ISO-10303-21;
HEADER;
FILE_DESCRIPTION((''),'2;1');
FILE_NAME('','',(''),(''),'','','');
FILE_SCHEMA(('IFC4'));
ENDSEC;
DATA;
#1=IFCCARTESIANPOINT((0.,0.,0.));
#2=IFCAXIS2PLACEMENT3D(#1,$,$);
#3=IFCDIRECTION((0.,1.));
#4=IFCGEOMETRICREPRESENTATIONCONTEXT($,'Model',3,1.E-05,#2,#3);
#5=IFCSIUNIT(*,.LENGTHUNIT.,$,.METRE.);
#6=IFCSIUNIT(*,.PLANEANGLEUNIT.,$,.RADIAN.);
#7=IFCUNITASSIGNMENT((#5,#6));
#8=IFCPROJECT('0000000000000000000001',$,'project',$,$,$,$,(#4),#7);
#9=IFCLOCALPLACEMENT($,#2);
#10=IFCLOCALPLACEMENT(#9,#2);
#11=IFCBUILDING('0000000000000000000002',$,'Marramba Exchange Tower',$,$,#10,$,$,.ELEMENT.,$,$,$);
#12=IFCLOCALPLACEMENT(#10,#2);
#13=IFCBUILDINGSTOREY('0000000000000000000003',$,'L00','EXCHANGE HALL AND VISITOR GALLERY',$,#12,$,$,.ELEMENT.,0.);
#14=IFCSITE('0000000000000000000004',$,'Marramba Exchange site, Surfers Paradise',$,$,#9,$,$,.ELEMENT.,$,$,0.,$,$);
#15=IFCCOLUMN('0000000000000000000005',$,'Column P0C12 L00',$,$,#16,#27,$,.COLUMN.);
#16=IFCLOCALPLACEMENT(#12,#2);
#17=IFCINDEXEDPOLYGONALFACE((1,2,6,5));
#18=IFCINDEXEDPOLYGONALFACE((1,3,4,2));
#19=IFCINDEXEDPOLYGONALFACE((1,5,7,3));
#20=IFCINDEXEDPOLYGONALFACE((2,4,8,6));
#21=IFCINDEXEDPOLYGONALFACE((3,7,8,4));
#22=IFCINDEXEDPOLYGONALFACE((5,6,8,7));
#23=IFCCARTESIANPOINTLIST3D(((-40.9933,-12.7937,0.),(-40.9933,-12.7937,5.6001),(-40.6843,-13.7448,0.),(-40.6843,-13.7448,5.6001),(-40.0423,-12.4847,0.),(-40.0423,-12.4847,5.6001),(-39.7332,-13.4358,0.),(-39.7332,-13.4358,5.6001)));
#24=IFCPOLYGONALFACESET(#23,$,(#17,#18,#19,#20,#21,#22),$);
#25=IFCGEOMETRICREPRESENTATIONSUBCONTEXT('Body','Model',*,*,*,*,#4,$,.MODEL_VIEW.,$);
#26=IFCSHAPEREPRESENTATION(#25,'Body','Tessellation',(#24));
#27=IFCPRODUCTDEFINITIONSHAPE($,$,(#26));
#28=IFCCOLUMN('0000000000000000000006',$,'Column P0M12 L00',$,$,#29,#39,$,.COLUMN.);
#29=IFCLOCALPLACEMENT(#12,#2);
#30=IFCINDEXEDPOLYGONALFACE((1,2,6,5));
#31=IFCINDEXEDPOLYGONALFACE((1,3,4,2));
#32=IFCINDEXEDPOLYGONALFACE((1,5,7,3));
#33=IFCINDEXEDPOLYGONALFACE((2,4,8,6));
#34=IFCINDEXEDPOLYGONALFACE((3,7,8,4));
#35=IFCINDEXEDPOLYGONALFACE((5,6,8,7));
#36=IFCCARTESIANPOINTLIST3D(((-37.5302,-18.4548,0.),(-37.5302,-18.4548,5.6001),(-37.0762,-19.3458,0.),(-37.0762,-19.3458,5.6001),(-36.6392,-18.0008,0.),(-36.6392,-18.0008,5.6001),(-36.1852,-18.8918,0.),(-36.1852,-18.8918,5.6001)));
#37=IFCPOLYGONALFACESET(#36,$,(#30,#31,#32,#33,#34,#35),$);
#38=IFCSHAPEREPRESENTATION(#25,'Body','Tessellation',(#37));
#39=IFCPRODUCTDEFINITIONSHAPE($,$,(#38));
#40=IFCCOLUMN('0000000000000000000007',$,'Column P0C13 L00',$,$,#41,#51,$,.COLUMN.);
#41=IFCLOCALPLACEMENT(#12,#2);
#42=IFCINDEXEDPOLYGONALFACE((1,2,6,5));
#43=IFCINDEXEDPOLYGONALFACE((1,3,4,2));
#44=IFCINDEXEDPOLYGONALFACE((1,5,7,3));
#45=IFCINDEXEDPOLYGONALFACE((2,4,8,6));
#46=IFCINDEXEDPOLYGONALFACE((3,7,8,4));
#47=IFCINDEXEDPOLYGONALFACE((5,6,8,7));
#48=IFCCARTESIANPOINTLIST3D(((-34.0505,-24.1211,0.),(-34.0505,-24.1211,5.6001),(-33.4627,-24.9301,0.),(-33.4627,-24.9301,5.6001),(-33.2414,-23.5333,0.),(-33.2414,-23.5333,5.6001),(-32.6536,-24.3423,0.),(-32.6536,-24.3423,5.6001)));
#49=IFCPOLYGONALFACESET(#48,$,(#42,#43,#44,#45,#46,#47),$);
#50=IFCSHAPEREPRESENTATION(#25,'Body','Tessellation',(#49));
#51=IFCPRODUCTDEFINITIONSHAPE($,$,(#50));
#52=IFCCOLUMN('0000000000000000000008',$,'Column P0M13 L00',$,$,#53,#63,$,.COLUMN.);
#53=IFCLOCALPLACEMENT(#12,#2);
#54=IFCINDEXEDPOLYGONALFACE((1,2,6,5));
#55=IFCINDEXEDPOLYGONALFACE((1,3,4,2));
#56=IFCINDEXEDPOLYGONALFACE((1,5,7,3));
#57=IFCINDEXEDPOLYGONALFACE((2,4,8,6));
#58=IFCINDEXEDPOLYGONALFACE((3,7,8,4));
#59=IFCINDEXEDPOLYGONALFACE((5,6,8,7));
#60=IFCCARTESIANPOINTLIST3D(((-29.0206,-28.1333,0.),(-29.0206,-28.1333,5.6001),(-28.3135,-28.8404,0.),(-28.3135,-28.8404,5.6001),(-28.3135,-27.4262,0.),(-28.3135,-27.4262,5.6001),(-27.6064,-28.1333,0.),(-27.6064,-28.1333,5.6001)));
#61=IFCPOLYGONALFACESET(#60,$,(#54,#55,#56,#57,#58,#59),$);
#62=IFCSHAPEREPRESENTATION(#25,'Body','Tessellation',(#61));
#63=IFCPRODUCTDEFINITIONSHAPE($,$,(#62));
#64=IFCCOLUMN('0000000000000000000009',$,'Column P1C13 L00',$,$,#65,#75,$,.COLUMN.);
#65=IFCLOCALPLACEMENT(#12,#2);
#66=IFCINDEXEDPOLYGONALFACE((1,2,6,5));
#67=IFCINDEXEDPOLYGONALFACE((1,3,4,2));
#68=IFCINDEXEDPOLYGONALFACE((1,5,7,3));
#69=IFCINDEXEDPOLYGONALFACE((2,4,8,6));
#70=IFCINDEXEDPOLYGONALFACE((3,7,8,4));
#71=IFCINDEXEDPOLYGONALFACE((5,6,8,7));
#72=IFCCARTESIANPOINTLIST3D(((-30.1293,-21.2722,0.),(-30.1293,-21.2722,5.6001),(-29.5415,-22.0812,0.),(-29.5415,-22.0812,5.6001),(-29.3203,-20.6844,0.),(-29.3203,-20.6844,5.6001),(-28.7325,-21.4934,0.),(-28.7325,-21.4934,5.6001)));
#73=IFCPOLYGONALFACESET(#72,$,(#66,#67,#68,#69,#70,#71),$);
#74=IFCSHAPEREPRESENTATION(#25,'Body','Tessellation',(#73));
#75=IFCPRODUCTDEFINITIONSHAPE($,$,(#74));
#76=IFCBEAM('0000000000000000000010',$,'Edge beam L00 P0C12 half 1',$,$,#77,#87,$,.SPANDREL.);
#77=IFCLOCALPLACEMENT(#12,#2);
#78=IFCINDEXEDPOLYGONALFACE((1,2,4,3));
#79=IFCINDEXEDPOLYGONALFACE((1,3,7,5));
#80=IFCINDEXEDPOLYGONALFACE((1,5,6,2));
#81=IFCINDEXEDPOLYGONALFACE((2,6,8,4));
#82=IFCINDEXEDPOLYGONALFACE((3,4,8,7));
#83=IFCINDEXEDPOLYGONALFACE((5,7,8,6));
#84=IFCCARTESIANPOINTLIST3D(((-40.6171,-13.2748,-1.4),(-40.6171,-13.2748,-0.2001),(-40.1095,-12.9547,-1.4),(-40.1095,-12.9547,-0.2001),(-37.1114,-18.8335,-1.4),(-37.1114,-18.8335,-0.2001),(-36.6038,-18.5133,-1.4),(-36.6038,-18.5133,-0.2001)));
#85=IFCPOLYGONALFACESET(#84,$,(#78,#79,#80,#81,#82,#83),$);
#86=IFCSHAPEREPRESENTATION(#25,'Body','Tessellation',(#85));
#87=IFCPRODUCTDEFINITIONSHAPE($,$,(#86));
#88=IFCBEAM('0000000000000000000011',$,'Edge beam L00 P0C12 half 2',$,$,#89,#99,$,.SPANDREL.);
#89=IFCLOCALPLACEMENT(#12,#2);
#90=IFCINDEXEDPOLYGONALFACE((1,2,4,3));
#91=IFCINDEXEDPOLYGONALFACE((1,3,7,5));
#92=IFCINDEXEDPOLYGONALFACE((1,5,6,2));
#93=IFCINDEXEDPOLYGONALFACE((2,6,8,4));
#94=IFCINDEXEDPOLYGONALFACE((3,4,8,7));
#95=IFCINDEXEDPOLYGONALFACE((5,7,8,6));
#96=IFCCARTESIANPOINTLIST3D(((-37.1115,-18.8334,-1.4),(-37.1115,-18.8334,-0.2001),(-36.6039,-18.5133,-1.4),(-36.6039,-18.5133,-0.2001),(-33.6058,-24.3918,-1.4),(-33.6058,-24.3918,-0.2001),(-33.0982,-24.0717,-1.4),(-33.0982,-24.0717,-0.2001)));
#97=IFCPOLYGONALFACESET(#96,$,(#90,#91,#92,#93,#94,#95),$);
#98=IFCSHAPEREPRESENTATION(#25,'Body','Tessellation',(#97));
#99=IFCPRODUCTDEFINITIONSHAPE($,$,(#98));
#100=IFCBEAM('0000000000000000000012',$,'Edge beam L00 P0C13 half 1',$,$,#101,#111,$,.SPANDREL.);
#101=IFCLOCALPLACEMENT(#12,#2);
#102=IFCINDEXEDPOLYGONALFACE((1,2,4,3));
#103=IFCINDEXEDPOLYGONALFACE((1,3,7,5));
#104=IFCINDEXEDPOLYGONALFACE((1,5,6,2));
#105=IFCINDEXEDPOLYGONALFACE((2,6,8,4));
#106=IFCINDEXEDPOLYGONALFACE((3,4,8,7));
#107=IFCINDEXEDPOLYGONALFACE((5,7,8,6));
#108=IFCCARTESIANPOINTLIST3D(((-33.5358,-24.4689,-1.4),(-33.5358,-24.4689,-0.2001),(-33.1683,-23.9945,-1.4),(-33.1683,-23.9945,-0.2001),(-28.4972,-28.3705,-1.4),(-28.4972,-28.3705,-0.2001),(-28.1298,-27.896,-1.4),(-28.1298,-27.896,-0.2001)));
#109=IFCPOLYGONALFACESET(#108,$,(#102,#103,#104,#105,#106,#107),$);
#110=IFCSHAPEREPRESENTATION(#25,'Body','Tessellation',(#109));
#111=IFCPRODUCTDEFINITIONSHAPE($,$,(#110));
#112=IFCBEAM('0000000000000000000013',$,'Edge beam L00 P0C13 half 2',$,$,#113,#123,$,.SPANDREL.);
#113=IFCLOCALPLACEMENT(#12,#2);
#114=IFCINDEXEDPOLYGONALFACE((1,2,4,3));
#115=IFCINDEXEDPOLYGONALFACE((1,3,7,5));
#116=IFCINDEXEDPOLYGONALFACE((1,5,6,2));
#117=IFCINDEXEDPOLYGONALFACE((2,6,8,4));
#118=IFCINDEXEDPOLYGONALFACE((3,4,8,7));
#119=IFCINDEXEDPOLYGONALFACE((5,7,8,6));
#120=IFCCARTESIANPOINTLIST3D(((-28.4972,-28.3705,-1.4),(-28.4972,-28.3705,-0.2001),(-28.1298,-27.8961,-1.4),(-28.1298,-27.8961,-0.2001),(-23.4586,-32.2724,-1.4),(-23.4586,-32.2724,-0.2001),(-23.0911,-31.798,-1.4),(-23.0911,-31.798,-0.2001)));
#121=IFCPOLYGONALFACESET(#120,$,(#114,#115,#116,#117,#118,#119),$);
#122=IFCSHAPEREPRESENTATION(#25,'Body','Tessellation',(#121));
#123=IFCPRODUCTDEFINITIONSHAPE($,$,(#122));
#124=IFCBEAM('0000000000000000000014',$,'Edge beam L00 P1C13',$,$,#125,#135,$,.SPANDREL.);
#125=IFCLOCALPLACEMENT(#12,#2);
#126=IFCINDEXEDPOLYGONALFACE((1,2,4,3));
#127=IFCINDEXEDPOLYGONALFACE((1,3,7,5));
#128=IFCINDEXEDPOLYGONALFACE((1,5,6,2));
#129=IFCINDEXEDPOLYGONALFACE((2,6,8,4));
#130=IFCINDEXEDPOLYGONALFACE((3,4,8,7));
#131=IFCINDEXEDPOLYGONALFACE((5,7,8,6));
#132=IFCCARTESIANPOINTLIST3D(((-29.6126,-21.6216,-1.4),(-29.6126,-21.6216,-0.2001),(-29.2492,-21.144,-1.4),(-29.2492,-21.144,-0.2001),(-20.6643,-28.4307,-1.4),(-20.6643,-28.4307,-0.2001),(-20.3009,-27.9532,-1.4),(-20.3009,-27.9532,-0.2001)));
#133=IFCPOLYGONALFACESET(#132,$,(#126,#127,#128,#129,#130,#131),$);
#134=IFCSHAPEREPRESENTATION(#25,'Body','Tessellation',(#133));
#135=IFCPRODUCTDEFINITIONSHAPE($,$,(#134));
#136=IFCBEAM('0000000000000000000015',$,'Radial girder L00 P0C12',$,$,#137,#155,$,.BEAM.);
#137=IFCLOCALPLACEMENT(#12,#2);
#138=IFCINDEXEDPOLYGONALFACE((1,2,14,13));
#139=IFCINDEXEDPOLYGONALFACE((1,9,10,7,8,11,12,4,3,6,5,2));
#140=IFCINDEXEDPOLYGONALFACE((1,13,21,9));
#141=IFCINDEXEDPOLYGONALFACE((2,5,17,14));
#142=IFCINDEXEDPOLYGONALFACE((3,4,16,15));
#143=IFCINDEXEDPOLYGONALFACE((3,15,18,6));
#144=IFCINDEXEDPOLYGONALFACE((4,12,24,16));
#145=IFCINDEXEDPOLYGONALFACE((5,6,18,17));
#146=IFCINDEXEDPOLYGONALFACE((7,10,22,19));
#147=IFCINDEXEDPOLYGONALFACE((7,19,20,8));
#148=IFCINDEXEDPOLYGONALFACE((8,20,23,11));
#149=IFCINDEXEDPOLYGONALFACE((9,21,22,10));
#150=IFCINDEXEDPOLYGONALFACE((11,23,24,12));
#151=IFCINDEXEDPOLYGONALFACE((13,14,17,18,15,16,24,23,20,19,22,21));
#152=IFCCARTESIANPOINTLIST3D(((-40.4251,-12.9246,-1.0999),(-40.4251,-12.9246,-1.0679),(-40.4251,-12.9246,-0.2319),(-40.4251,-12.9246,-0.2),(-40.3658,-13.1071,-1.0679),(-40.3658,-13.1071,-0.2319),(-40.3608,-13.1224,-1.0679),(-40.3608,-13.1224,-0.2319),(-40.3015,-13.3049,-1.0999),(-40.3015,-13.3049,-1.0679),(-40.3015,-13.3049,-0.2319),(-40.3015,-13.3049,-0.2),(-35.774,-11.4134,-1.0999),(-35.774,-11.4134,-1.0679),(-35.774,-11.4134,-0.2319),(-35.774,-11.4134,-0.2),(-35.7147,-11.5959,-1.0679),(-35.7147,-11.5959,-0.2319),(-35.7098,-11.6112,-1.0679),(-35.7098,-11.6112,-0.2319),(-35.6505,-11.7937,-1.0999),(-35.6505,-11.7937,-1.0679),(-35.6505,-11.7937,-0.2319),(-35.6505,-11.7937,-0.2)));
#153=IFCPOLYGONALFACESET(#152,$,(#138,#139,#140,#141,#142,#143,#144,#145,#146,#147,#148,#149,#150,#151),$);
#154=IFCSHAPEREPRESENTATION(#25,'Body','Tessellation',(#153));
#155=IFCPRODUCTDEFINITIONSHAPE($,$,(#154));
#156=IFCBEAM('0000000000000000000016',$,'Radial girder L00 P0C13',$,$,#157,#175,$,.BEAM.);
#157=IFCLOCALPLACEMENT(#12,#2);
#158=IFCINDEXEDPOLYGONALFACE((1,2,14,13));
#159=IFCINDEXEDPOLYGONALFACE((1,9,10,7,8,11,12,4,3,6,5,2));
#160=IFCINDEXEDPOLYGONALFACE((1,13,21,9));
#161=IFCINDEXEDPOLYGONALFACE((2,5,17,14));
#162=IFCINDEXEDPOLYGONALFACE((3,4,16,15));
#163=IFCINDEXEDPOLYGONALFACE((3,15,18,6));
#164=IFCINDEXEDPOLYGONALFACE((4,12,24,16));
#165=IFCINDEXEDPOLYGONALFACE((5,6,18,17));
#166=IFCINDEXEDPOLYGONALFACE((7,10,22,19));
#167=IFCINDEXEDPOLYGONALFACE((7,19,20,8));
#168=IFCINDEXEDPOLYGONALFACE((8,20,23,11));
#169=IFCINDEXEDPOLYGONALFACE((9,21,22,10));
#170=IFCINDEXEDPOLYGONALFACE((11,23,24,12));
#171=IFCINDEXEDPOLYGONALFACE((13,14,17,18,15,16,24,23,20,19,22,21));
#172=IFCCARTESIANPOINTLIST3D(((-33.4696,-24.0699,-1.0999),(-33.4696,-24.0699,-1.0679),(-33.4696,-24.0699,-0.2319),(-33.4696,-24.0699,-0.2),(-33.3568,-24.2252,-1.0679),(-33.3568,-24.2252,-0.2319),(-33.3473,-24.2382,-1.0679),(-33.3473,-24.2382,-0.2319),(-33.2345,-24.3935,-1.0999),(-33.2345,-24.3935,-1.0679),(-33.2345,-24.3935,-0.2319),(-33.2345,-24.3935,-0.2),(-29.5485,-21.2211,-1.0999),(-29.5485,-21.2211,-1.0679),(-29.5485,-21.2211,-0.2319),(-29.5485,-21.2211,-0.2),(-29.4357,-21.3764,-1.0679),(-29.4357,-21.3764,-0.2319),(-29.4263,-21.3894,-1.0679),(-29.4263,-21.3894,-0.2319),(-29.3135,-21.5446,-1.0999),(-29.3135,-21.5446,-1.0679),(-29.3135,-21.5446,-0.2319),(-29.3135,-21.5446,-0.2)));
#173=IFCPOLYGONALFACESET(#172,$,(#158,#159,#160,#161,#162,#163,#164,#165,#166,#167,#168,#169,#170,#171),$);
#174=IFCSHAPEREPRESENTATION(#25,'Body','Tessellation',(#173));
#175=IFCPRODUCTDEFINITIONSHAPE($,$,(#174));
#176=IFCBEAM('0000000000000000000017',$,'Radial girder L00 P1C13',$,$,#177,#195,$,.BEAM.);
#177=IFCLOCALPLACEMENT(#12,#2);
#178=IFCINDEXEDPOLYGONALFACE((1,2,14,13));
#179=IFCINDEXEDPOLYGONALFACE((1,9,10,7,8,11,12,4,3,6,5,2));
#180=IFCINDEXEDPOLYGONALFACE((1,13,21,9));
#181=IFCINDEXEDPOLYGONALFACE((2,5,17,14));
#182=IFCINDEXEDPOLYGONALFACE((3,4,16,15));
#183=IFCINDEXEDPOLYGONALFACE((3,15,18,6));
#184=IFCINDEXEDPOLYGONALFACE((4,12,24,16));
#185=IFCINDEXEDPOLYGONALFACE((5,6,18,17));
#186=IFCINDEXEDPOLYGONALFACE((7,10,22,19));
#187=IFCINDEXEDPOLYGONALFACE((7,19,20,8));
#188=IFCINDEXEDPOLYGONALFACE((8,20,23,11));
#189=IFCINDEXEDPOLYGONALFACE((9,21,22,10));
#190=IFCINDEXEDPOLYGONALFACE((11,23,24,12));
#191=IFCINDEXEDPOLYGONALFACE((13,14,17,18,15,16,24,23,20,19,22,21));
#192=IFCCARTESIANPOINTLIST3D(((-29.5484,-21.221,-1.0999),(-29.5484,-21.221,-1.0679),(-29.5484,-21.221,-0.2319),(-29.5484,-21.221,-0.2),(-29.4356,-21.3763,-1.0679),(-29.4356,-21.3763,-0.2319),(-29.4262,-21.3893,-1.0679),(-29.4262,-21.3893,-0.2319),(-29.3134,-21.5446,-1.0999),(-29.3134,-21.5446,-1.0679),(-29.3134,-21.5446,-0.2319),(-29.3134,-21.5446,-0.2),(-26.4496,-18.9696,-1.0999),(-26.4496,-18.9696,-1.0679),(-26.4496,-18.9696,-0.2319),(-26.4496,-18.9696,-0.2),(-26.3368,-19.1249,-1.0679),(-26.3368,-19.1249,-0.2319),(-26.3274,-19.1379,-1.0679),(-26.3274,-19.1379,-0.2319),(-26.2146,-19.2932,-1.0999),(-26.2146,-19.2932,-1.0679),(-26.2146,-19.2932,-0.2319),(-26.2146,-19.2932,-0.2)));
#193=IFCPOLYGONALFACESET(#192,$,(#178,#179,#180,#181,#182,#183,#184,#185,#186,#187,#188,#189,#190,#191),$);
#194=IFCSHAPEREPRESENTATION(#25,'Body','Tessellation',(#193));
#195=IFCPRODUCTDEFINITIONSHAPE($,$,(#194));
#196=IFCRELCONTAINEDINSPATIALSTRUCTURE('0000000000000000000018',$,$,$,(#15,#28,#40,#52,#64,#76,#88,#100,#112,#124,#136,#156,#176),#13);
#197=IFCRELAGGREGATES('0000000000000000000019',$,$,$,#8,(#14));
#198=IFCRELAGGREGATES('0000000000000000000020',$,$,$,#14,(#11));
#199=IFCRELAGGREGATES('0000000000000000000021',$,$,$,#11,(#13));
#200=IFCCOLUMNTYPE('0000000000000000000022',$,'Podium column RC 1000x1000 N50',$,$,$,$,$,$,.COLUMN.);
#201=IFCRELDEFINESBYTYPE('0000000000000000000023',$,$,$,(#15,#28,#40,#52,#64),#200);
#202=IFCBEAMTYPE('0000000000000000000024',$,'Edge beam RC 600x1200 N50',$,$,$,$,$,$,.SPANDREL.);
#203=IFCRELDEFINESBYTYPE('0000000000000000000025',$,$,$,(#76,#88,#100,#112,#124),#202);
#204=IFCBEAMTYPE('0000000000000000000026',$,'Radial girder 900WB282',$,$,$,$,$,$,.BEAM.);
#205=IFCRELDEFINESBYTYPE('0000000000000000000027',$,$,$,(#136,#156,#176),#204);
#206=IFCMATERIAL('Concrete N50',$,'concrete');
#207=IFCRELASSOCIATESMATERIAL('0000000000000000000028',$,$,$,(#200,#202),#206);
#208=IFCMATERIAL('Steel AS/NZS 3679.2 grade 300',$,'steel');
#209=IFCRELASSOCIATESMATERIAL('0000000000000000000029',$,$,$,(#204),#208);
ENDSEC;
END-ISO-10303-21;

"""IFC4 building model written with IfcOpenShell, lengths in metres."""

from ifc_helpers import new_model, si_unit, direction, frame, origin, origin_2d, place, context, subcontext, project, spatial, rectangle, i_section, extrude, material, material_profile, profile_set, type_object, element, save


model = new_model("IFC4")

# Units and contexts
model_context = context("Model", 3, precision=1e-05, world=origin(), true_north=direction((0.0, 1.0)))
body_context = subcontext(model_context, "Body", "Model", "MODEL_VIEW")
ifc_project = project(units=[si_unit("LENGTHUNIT", "METRE"), si_unit("PLANEANGLEUNIT", "RADIAN")], contexts=[model_context])

# Site, building, storey
site_placement = place(None, origin())
site = spatial("IfcSite", under=ifc_project, at=site_placement, Name="Marramba Exchange site, Surfers Paradise", CompositionType="ELEMENT", RefElevation=0.0)
building_placement = place(site_placement, origin())
building = spatial("IfcBuilding", under=site, at=building_placement, Name="Marramba Exchange Tower", CompositionType="ELEMENT")
storey_placement = place(building_placement, origin())
storey = spatial("IfcBuildingStorey", under=building, at=storey_placement, Name="L00", Description="EXCHANGE HALL AND VISITOR GALLERY", CompositionType="ELEMENT", Elevation=0.0)

# Columns
ifc_material_1 = material(Name="Concrete N50", Category="concrete")
ifc_material_profile_1 = material_profile(ifc_material_1, rectangle(XDim=1.0, YDim=1.0, at=origin_2d()), Name="RC 1000x1000")
ifc_profile_set_1 = profile_set([ifc_material_profile_1], Name="Concrete N50")
column_type = type_object("IfcColumnType", Name="Podium column RC 1000x1000 N50", PredefinedType="COLUMN", material=ifc_profile_set_1)
for number, where, z_axis, x_axis, name in (
    (1, (-40.3633, -13.1147, 0.0), (0.0, 0.0, 1.0), (-0.951057, -0.309017, 0.0), "Column P0C12 L00"),
    (2, (-36.8577, -18.6733, 0.0), (0.0, 0.0, 1.0), (-0.891007, -0.45399, 0.0), "Column P0M12 L00"),
    (3, (-33.3521, -24.2317, 0.0), (0.0, 0.0, 1.0), (-0.809017, -0.587785, 0.0), "Column P0C13 L00"),
    (4, (-28.3135, -28.1333, 0.0), (0.0, 0.0, 1.0), (-0.707107, -0.707107, 0.0), "Column P0M13 L00"),
    (5, (-29.4309, -21.3828, 0.0), (0.0, 0.0, 1.0), (-0.809017, -0.587785, 0.0), "Column P1C13 L00"),
):
    element("IfcColumn", number, at=place(storey_placement, frame(where, z_axis=z_axis, x_axis=x_axis)), inside=storey, type_object=column_type, Name=name, PredefinedType="COLUMN", context=body_context, shape_type="SweptSolid", body=[
        extrude(rectangle(XDim=1.0, YDim=1.0, at=origin_2d()), origin(), (0.0, 0.0, 1.0), 5.6001),
    ])

# Beams
ifc_material_profile_2 = material_profile(ifc_material_1, rectangle(XDim=0.6001, YDim=1.2, at=origin_2d()), Name="RC 600x1200")
ifc_profile_set_2 = profile_set([ifc_material_profile_2], Name="Concrete N50")
beam_type_1 = type_object("IfcBeamType", Name="Edge beam RC 600x1200 N50", PredefinedType="SPANDREL", material=ifc_profile_set_2)
beam_1_placement = place(storey_placement, frame((-40.3633, -13.1147, -0.8), z_axis=(0.533441, -0.845837, 0.0), x_axis=(0.845837, 0.533441, 0.0)))
element("IfcBeam", 6, at=beam_1_placement, inside=storey, type_object=beam_type_1, Name="Edge beam L00 P0C12 half 1", PredefinedType="SPANDREL", context=body_context, shape_type="SweptSolid", body=[
    extrude(rectangle(XDim=0.6001, YDim=1.2, at=origin_2d()), origin(), (0.0, 0.0, 1.0), 6.5718),
])
beam_2_placement = place(storey_placement, frame((-36.8577, -18.6733, -0.8), z_axis=(0.533458, -0.845827, 0.0), x_axis=(0.845827, 0.533458, 0.0)))
element("IfcBeam", 7, at=beam_2_placement, inside=storey, type_object=beam_type_1, Name="Edge beam L00 P0C12 half 2", PredefinedType="SPANDREL", context=body_context, shape_type="SweptSolid", body=[
    extrude(rectangle(XDim=0.6001, YDim=1.2, at=origin_2d()), origin(), (0.0, 0.0, 1.0), 6.5715),
])
beam_3_placement = place(storey_placement, frame((-33.3521, -24.2317, -0.8), z_axis=(0.790664, -0.61225, 0.0), x_axis=(0.61225, 0.790664, 0.0)))
element("IfcBeam", 8, at=beam_3_placement, inside=storey, type_object=beam_type_1, Name="Edge beam L00 P0C13 half 1", PredefinedType="SPANDREL", context=body_context, shape_type="SweptSolid", body=[
    extrude(rectangle(XDim=0.6001, YDim=1.2, at=origin_2d()), origin(), (0.0, 0.0, 1.0), 6.3726),
])
beam_4_placement = place(storey_placement, frame((-28.3135, -28.1333, -0.8), z_axis=(0.790646, -0.612274, 0.0), x_axis=(0.612274, 0.790646, 0.0)))
element("IfcBeam", 9, at=beam_4_placement, inside=storey, type_object=beam_type_1, Name="Edge beam L00 P0C13 half 2", PredefinedType="SPANDREL", context=body_context, shape_type="SweptSolid", body=[
    extrude(rectangle(XDim=0.6001, YDim=1.2, at=origin_2d()), origin(), (0.0, 0.0, 1.0), 6.3728),
])
beam_5_placement = place(storey_placement, frame((-29.4309, -21.3828, -0.8), z_axis=(0.795801, -0.605558, 0.0), x_axis=(0.605558, 0.795801, 0.0)))
element("IfcBeam", 10, at=beam_5_placement, inside=storey, type_object=beam_type_1, Name="Edge beam L00 P1C13", PredefinedType="SPANDREL", context=body_context, shape_type="SweptSolid", body=[
    extrude(rectangle(XDim=0.6001, YDim=1.2, at=origin_2d()), origin(), (0.0, 0.0, 1.0), 11.2444),
])
ifc_material_2 = material(Name="Steel AS/NZS 3679.2 grade 300", Category="steel")
ifc_material_profile_3 = material_profile(ifc_material_2, i_section(OverallWidth=0.3999, OverallDepth=0.8999, WebThickness=0.0161, FlangeThickness=0.032, at=origin_2d()), Name="900WB282")
ifc_profile_set_3 = profile_set([ifc_material_profile_3], Name="Steel AS/NZS 3679.2 grade 300")
beam_type_2 = type_object("IfcBeamType", Name="Radial girder 900WB282", PredefinedType="BEAM", material=ifc_profile_set_3)
beam_6_placement = place(storey_placement, frame((-40.3633, -13.1147, -0.6499), z_axis=(0.951057, 0.309015, 0.0), x_axis=(-0.309015, 0.951057, 0.0)))
element("IfcBeam", 11, at=beam_6_placement, inside=storey, type_object=beam_type_2, Name="Radial girder L00 P0C12", PredefinedType="BEAM", context=body_context, shape_type="SweptSolid", body=[
    extrude(i_section(OverallWidth=0.3999, OverallDepth=0.8999, WebThickness=0.0161, FlangeThickness=0.032, at=origin_2d()), origin(), (0.0, 0.0, 1.0), 4.8904),
])
beam_7_placement = place(storey_placement, frame((-33.3521, -24.2317, -0.6499), z_axis=(0.809017, 0.587785, 0.0), x_axis=(-0.587785, 0.809017, 0.0)))
element("IfcBeam", 12, at=beam_7_placement, inside=storey, type_object=beam_type_2, Name="Radial girder L00 P0C13", PredefinedType="BEAM", context=body_context, shape_type="SweptSolid", body=[
    extrude(i_section(OverallWidth=0.3999, OverallDepth=0.8999, WebThickness=0.0161, FlangeThickness=0.032, at=origin_2d()), origin(), (0.0, 0.0, 1.0), 4.8467),
])
beam_8_placement = place(storey_placement, frame((-29.4309, -21.3828, -0.6499), z_axis=(0.809017, 0.587785, 0.0), x_axis=(-0.587785, 0.809017, 0.0)))
element("IfcBeam", 13, at=beam_8_placement, inside=storey, type_object=beam_type_2, Name="Radial girder L00 P1C13", PredefinedType="BEAM", context=body_context, shape_type="SweptSolid", body=[
    extrude(i_section(OverallWidth=0.3999, OverallDepth=0.8999, WebThickness=0.0161, FlangeThickness=0.032, at=origin_2d()), origin(), (0.0, 0.0, 1.0), 3.8303),
])

save(model, "model.ifc")
